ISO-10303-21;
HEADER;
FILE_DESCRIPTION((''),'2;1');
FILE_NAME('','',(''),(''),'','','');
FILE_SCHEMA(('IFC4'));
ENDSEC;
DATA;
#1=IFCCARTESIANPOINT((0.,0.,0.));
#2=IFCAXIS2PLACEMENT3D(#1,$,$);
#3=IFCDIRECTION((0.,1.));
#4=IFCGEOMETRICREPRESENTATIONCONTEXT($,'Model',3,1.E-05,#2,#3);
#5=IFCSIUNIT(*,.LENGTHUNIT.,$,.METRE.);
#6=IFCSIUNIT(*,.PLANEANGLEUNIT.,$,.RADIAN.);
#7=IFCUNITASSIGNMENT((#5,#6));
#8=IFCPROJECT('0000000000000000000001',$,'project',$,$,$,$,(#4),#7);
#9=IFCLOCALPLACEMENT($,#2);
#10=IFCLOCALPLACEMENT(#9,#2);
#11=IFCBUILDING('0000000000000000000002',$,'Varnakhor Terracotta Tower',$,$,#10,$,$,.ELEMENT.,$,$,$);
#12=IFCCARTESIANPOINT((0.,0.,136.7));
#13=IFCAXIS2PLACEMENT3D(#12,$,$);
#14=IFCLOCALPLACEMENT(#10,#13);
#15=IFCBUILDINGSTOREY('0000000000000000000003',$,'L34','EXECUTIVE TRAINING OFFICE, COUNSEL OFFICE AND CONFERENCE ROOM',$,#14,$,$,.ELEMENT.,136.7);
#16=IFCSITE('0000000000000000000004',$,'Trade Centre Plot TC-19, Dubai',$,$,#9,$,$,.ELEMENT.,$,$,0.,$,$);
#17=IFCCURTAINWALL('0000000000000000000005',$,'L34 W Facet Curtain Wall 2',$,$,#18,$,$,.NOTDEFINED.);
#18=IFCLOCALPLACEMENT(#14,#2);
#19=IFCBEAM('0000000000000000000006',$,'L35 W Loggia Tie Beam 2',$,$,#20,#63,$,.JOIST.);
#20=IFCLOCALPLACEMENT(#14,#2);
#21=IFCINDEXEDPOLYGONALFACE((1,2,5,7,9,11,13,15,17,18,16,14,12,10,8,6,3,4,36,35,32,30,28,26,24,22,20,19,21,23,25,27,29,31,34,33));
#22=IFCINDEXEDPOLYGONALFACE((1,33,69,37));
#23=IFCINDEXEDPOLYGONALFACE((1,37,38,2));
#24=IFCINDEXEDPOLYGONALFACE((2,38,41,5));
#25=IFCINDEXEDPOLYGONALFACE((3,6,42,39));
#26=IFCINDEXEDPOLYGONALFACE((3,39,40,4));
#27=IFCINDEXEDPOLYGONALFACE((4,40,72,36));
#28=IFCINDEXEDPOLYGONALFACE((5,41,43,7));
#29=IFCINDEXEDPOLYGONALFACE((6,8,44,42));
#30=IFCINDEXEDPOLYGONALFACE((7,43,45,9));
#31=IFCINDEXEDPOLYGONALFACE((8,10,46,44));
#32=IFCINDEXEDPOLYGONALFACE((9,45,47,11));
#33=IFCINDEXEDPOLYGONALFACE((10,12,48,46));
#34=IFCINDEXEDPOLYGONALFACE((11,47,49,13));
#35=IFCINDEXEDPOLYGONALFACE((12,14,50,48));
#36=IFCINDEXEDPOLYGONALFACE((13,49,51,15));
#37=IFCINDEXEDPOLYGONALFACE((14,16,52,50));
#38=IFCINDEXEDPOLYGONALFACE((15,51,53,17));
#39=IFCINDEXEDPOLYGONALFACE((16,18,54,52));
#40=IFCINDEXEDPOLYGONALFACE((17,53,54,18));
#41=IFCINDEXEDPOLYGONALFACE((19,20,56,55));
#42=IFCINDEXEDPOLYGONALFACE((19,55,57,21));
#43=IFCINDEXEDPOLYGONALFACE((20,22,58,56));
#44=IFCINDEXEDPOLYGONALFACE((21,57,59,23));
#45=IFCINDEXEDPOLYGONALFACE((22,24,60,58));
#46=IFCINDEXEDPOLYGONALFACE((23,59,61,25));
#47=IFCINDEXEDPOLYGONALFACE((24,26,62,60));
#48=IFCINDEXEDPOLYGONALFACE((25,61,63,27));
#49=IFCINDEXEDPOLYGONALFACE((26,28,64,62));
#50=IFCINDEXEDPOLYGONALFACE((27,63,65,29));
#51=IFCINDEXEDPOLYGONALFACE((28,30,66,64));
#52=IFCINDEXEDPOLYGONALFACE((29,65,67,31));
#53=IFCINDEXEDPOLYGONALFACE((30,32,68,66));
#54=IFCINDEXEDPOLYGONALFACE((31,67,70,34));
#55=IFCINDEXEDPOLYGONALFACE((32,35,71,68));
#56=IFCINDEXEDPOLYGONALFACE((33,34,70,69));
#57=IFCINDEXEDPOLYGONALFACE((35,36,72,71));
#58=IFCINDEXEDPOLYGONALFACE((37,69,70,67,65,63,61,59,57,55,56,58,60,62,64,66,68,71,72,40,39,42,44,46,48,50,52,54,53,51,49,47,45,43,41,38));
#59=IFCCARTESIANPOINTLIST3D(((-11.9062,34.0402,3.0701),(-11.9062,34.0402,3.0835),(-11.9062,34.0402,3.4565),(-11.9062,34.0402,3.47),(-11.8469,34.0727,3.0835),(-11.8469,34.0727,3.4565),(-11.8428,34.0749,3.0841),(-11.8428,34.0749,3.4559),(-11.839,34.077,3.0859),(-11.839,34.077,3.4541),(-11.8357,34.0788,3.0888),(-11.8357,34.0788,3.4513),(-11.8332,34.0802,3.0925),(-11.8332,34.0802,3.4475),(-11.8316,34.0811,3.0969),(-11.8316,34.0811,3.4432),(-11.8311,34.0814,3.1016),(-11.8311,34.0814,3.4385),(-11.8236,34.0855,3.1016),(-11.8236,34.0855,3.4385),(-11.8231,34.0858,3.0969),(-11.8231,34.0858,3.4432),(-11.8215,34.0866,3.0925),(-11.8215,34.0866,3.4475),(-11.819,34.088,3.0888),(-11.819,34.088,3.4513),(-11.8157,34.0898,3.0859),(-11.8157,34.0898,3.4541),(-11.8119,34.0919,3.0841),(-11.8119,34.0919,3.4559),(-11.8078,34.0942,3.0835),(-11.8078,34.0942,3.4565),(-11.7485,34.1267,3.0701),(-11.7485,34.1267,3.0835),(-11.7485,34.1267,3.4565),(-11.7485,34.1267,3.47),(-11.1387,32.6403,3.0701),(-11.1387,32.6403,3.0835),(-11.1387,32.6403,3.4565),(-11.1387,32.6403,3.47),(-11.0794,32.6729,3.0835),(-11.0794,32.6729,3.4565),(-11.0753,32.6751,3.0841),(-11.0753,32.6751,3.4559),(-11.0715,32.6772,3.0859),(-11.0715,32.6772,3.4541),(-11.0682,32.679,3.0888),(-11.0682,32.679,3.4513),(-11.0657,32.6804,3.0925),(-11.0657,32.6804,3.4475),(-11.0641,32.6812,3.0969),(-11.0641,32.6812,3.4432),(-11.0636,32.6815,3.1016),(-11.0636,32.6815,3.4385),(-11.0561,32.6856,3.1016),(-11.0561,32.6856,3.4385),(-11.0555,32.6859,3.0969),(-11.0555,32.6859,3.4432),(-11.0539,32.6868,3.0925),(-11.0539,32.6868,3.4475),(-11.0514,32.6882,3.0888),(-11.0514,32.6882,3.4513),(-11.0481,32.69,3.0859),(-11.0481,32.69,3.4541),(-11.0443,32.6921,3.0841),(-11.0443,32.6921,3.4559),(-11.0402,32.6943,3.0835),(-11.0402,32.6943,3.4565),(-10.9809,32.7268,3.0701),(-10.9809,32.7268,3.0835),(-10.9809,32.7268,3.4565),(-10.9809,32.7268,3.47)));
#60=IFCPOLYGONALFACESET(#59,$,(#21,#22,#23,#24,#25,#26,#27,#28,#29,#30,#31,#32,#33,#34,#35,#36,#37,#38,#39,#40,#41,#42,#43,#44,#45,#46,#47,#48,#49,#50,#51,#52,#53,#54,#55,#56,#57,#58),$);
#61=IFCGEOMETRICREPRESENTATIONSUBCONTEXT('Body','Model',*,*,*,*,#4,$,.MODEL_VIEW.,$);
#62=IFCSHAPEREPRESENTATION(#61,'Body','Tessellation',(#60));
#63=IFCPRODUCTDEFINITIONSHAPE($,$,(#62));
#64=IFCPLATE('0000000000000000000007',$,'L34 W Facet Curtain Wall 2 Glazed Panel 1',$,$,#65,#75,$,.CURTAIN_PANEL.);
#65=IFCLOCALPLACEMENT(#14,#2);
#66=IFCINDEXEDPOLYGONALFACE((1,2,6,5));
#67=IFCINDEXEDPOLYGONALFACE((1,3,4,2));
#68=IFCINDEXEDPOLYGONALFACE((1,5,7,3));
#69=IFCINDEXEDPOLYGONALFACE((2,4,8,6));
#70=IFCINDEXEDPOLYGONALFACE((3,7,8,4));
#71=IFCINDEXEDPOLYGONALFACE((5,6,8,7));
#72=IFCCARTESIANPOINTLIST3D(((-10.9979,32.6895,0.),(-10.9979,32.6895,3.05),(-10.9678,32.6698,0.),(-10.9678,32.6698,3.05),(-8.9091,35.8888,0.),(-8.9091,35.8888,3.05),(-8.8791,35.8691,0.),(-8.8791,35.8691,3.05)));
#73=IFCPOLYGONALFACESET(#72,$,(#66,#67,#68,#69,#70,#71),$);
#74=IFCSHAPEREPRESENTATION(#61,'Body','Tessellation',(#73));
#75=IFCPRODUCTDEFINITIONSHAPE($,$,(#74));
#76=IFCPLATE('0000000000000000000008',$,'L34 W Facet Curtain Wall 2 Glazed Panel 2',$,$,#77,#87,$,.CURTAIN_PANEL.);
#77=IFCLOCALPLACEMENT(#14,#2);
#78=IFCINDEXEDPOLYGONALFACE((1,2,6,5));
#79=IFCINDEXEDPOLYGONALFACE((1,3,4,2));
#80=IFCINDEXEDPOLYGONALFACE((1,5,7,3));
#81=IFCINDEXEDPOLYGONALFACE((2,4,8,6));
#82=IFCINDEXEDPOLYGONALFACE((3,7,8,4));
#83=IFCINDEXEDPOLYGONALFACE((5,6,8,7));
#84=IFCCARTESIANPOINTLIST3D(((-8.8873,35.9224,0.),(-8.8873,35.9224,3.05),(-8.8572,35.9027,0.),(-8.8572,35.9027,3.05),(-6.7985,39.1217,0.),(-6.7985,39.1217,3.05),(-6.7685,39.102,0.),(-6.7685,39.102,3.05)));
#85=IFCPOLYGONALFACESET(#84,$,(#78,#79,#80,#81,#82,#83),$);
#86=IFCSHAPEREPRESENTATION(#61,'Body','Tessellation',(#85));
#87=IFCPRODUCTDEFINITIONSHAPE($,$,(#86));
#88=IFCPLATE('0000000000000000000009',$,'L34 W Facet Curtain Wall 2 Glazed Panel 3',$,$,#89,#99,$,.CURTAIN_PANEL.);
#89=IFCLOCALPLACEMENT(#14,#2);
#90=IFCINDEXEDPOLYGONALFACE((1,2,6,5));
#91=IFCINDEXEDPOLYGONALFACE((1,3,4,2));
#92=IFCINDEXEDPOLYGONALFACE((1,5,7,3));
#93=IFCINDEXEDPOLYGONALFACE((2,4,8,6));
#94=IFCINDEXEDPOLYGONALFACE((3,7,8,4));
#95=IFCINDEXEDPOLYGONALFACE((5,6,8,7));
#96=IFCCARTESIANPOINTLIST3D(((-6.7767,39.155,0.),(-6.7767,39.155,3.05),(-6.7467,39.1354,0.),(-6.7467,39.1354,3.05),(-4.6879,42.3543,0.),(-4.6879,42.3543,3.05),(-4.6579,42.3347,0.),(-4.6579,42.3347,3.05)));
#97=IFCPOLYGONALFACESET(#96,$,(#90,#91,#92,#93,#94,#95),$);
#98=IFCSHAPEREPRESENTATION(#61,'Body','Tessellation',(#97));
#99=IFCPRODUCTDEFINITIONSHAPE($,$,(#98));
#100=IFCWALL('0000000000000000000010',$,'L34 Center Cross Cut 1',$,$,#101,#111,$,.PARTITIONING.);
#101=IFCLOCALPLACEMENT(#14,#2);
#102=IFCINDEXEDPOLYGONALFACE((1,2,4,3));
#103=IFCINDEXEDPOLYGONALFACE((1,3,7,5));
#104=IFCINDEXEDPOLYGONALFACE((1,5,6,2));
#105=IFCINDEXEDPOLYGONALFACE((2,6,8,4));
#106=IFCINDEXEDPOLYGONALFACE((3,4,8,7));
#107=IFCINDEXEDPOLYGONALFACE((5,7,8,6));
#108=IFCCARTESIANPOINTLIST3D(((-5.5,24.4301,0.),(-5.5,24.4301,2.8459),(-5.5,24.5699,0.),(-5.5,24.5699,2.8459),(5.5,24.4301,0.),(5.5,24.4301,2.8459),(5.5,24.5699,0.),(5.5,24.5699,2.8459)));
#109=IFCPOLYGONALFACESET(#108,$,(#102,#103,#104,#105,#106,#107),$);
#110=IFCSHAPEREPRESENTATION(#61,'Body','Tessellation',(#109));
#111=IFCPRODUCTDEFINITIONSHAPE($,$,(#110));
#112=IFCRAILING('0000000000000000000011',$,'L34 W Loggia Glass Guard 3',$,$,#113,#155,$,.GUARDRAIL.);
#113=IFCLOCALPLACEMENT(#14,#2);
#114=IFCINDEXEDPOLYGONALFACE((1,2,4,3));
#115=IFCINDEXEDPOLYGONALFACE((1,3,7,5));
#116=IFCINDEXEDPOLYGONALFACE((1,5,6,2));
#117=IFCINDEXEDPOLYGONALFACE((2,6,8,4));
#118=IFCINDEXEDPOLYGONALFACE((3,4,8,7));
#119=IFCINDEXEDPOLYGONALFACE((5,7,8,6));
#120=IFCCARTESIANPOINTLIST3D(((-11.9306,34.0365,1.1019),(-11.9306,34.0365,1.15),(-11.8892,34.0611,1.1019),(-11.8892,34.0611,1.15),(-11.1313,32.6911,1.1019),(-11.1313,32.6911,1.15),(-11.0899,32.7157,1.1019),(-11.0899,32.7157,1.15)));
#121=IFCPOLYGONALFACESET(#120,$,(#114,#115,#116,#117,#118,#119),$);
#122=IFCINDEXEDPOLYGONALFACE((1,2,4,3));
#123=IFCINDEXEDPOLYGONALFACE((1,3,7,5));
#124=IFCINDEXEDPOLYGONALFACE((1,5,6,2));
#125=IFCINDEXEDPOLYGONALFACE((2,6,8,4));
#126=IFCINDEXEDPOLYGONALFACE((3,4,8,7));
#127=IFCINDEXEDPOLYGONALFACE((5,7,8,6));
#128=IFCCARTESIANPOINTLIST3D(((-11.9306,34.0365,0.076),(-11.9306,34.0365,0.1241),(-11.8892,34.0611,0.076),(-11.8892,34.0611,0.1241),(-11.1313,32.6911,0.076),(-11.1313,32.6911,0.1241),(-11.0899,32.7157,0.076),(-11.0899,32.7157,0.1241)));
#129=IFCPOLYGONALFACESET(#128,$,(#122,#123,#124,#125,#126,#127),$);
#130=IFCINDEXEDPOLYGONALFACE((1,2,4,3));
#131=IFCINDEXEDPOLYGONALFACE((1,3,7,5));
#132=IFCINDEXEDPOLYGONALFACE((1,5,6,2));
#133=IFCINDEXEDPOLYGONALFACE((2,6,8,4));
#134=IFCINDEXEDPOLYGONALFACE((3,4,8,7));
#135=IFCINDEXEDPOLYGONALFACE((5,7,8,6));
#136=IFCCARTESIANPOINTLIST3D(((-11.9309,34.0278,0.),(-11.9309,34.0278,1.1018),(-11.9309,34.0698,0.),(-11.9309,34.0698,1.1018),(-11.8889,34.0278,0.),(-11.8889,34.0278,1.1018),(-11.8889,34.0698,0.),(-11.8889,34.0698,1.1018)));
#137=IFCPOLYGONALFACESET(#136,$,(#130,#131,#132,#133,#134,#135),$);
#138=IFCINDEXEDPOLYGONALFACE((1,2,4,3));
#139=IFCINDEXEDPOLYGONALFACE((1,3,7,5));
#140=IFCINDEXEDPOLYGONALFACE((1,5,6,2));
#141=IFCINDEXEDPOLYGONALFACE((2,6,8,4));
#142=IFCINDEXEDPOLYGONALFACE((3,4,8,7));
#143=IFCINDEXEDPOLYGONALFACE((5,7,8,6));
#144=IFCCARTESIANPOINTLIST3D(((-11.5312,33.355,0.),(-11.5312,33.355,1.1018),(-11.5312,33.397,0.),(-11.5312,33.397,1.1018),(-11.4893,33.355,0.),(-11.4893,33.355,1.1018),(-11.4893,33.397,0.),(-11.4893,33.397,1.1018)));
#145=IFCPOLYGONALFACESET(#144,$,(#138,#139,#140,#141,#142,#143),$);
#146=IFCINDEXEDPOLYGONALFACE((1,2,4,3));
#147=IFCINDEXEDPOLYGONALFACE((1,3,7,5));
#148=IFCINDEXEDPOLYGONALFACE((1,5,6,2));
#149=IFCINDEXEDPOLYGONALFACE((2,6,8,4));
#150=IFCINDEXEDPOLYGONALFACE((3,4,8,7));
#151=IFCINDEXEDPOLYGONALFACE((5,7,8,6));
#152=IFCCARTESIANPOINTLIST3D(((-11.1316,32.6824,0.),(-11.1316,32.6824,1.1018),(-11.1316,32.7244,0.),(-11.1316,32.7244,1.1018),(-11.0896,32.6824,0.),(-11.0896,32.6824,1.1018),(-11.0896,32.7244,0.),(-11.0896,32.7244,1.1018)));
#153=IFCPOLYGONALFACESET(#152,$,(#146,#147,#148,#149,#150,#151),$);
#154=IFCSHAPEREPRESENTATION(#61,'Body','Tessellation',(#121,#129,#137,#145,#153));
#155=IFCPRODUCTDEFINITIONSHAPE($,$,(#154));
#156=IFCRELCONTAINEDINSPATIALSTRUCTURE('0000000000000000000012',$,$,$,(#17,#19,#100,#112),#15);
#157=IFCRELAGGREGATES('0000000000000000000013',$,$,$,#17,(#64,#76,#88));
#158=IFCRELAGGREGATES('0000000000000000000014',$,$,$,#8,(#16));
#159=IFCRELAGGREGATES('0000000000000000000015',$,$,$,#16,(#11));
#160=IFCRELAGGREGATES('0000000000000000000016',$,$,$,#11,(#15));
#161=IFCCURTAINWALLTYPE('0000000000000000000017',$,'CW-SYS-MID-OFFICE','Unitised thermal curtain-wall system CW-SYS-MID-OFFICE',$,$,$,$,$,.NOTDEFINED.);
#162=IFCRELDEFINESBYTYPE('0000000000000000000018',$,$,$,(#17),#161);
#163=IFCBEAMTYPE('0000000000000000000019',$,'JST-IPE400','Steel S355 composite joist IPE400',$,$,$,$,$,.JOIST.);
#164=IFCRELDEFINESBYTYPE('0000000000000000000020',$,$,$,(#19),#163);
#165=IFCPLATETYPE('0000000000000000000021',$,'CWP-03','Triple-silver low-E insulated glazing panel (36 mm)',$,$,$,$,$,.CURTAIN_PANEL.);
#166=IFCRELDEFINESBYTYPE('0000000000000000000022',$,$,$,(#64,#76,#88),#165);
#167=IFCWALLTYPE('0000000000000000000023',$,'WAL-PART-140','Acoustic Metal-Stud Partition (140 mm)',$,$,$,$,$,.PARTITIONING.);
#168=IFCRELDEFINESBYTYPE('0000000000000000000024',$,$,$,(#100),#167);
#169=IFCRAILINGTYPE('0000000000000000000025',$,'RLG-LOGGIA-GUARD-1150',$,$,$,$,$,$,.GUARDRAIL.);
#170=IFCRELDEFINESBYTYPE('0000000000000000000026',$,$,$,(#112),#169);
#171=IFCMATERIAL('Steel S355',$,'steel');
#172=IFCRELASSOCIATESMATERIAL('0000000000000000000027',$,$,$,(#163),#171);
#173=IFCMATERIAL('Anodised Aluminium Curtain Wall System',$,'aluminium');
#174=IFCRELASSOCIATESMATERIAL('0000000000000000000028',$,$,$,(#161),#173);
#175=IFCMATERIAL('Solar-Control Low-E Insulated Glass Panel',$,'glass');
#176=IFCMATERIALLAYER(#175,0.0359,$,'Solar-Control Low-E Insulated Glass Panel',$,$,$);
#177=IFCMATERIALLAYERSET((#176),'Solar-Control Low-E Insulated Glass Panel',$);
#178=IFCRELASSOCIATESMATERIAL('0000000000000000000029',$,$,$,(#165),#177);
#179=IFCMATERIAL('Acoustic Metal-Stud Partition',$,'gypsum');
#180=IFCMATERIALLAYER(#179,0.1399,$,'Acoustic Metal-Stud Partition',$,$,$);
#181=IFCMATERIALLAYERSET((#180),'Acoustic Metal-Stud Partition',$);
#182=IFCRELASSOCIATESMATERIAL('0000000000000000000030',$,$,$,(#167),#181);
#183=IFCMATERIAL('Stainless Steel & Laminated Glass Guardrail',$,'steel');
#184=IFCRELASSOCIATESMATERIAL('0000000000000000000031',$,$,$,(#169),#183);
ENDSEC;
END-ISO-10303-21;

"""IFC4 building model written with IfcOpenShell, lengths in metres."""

from ifc_helpers import new_model, si_unit, direction, frame, frame_2d, origin, origin_2d, place, context, subcontext, project, spatial, rectangle, i_section, extrude, source, transform, mapped, material, layer, layer_set, material_profile, profile_set, type_object, element, aggregate, save


model = new_model("IFC4")

# Units and contexts
model_context = context("Model", 3, precision=1e-05, world=origin(), true_north=direction((0.0, 1.0)))
body_context = subcontext(model_context, "Body", "Model", "MODEL_VIEW")
ifc_project = project(units=[si_unit("LENGTHUNIT", "METRE"), si_unit("PLANEANGLEUNIT", "RADIAN")], contexts=[model_context])

# Site, building, storey
site_placement = place(None, origin())
site = spatial("IfcSite", under=ifc_project, at=site_placement, Name="Trade Centre Plot TC-19, Dubai", CompositionType="ELEMENT", RefElevation=0.0)
building_placement = place(site_placement, origin())
building = spatial("IfcBuilding", under=site, at=building_placement, Name="Varnakhor Terracotta Tower", CompositionType="ELEMENT")
storey_placement = place(building_placement, frame((0.0, 0.0, 136.7)))
storey = spatial("IfcBuildingStorey", under=building, at=storey_placement, Name="L34", Description="EXECUTIVE TRAINING OFFICE, COUNSEL OFFICE AND CONFERENCE ROOM", CompositionType="ELEMENT", Elevation=136.7)

# Shared definitions
ifc_material_1 = material(Name="Steel S355", Category="steel")
ifc_material_profile_1 = material_profile(ifc_material_1, i_section(OverallWidth=0.1799, OverallDepth=0.3999, WebThickness=0.0085, FlangeThickness=0.0134, FilletRadius=0.0181, at=origin_2d()), Name="IPE400")
ifc_profile_set_1 = profile_set([ifc_material_profile_1], Name="Steel S355")
beam_type_1 = type_object("IfcBeamType", Name="JST-IPE400", Description="Steel S355 composite joist IPE400", PredefinedType="JOIST", material=ifc_profile_set_1)

# Curtain wall
ifc_material_2 = material(Name="Anodised Aluminium Curtain Wall System", Category="aluminium")
curtain_wall_type = type_object("IfcCurtainWallType", Name="CW-SYS-MID-OFFICE", Description="Unitised thermal curtain-wall system CW-SYS-MID-OFFICE", PredefinedType="NOTDEFINED", material=ifc_material_2)
curtain_wall_1_placement = place(storey_placement, origin())
curtain_wall_1 = element("IfcCurtainWall", 1, at=curtain_wall_1_placement, inside=storey, type_object=curtain_wall_type, Name="L34 W Facet Curtain Wall 2", PredefinedType="NOTDEFINED")

# Beam
shared_shape_1 = source(origin(), body_context, "Body", "SweptSolid", [
    extrude(i_section(OverallWidth=0.1799, OverallDepth=0.3999, WebThickness=0.0085, FlangeThickness=0.0134, FilletRadius=0.0181, at=origin_2d()), origin(), (0.0, 0.0, 1.0), 1.5964),
])
beam_1_placement = place(storey_placement, frame((-11.0598, 32.6836, 3.27), z_axis=(-0.48078, 0.876842, 0.0), x_axis=(-0.876842, -0.48078, 0.0)))
element("IfcBeam", 2, at=beam_1_placement, inside=storey, type_object=beam_type_1, Name="L35 W Loggia Tie Beam 2", PredefinedType="JOIST", context=body_context, shape_type="MappedRepresentation", body=[
    mapped(shared_shape_1, transform((0.0, 0.0, 0.0), scale=1.0)),
])

# Plates
ifc_material_3 = material(Name="Solar-Control Low-E Insulated Glass Panel", Category="glass")
ifc_layer_1 = layer(ifc_material_3, 0.0359, Name="Solar-Control Low-E Insulated Glass Panel")
ifc_layer_set_1 = layer_set([ifc_layer_1], Name="Solar-Control Low-E Insulated Glass Panel")
plate_type = type_object("IfcPlateType", Name="CWP-03", Description="Triple-silver low-E insulated glazing panel (36 mm)", PredefinedType="CURTAIN_PANEL", material=ifc_layer_set_1)
shared_shape_2 = source(origin(), body_context, "Body", "SweptSolid", [
    extrude(rectangle(XDim=3.8208, YDim=0.0359, at=origin_2d()), origin(), (0.0, 0.0, 1.0), 3.05),
])
plate_1_placement = place(storey_placement, frame((-9.9385, 34.2793, 0.0), z_axis=(0.0, 0.0, 1.0), x_axis=(0.546687, 0.837337, 0.0)))
plate_1 = element("IfcPlate", 3, at=plate_1_placement, type_object=plate_type, Name="L34 W Facet Curtain Wall 2 Glazed Panel 1", PredefinedType="CURTAIN_PANEL", context=body_context, shape_type="MappedRepresentation", body=[
    mapped(shared_shape_2, transform((0.0, 0.0, 0.0), scale=1.0)),
])
plate_2_placement = place(storey_placement, frame((-7.8279, 37.5122, 0.0), z_axis=(0.0, 0.0, 1.0), x_axis=(0.546687, 0.837337, 0.0)))
plate_2 = element("IfcPlate", 4, at=plate_2_placement, type_object=plate_type, Name="L34 W Facet Curtain Wall 2 Glazed Panel 2", PredefinedType="CURTAIN_PANEL", context=body_context, shape_type="MappedRepresentation", body=[
    mapped(shared_shape_2, transform((0.0, 0.0, 0.0), scale=1.0)),
])
plate_3_placement = place(storey_placement, frame((-5.7173, 40.7449, 0.0), z_axis=(0.0, 0.0, 1.0), x_axis=(0.546687, 0.837337, 0.0)))
plate_3 = element("IfcPlate", 5, at=plate_3_placement, type_object=plate_type, Name="L34 W Facet Curtain Wall 2 Glazed Panel 3", PredefinedType="CURTAIN_PANEL", context=body_context, shape_type="MappedRepresentation", body=[
    mapped(shared_shape_2, transform((0.0, 0.0, 0.0), scale=1.0)),
])
aggregate(curtain_wall_1, [plate_1, plate_2, plate_3])

# Wall
ifc_material_4 = material(Name="Acoustic Metal-Stud Partition", Category="gypsum")
ifc_layer_2 = layer(ifc_material_4, 0.1399, Name="Acoustic Metal-Stud Partition")
ifc_layer_set_2 = layer_set([ifc_layer_2], Name="Acoustic Metal-Stud Partition")
wall_type = type_object("IfcWallType", Name="WAL-PART-140", Description="Acoustic Metal-Stud Partition (140 mm)", PredefinedType="PARTITIONING", material=ifc_layer_set_2)
wall_placement = place(storey_placement, frame((-5.5, 24.5, 0.0), z_axis=(0.0, 0.0, 1.0), x_axis=(1.0, 0.0, 0.0)))
element("IfcWall", 6, at=wall_placement, inside=storey, type_object=wall_type, Name="L34 Center Cross Cut 1", PredefinedType="PARTITIONING", context=body_context, shape_type="SweptSolid", body=[
    extrude(rectangle(XDim=11.0, YDim=0.1399, at=frame_2d((5.5, 0.0))), origin(), (0.0, 0.0, 1.0), 2.8459),
])

# Railing
ifc_material_5 = material(Name="Stainless Steel & Laminated Glass Guardrail", Category="steel")
railing_type = type_object("IfcRailingType", Name="RLG-LOGGIA-GUARD-1150", PredefinedType="GUARDRAIL", material=ifc_material_5)
railing_placement = place(storey_placement, frame((-11.9099, 34.0488, 0.0)))
element("IfcRailing", 7, at=railing_placement, inside=storey, type_object=railing_type, Name="L34 W Loggia Glass Guard 3", PredefinedType="GUARDRAIL", context=body_context, shape_type="SweptSolid", body=[
    extrude(rectangle(XDim=0.0481, YDim=0.0481, at=origin_2d()), frame((0.0, 0.0, 1.126), z_axis=(0.510751, -0.859728, 0.0), x_axis=(0.859728, 0.510751, 0.0)), (0.0, 0.0, 1.0), 1.5649),
    extrude(rectangle(XDim=0.0481, YDim=0.0481, at=origin_2d()), frame((0.0, 0.0, 0.1001), z_axis=(0.510751, -0.859728, 0.0), x_axis=(0.859728, 0.510751, 0.0)), (0.0, 0.0, 1.0), 1.5649),
    extrude(rectangle(XDim=0.042, YDim=0.042, at=origin_2d()), origin(), (0.0, 0.0, 1.0), 1.1018),
    extrude(rectangle(XDim=0.042, YDim=0.042, at=origin_2d()), frame((0.3997, -0.6729, 0.0)), (0.0, 0.0, 1.0), 1.1018),
    extrude(rectangle(XDim=0.042, YDim=0.042, at=origin_2d()), frame((0.7993, -1.3455, 0.0)), (0.0, 0.0, 1.0), 1.1018),
])

save(model, "model.ifc")
